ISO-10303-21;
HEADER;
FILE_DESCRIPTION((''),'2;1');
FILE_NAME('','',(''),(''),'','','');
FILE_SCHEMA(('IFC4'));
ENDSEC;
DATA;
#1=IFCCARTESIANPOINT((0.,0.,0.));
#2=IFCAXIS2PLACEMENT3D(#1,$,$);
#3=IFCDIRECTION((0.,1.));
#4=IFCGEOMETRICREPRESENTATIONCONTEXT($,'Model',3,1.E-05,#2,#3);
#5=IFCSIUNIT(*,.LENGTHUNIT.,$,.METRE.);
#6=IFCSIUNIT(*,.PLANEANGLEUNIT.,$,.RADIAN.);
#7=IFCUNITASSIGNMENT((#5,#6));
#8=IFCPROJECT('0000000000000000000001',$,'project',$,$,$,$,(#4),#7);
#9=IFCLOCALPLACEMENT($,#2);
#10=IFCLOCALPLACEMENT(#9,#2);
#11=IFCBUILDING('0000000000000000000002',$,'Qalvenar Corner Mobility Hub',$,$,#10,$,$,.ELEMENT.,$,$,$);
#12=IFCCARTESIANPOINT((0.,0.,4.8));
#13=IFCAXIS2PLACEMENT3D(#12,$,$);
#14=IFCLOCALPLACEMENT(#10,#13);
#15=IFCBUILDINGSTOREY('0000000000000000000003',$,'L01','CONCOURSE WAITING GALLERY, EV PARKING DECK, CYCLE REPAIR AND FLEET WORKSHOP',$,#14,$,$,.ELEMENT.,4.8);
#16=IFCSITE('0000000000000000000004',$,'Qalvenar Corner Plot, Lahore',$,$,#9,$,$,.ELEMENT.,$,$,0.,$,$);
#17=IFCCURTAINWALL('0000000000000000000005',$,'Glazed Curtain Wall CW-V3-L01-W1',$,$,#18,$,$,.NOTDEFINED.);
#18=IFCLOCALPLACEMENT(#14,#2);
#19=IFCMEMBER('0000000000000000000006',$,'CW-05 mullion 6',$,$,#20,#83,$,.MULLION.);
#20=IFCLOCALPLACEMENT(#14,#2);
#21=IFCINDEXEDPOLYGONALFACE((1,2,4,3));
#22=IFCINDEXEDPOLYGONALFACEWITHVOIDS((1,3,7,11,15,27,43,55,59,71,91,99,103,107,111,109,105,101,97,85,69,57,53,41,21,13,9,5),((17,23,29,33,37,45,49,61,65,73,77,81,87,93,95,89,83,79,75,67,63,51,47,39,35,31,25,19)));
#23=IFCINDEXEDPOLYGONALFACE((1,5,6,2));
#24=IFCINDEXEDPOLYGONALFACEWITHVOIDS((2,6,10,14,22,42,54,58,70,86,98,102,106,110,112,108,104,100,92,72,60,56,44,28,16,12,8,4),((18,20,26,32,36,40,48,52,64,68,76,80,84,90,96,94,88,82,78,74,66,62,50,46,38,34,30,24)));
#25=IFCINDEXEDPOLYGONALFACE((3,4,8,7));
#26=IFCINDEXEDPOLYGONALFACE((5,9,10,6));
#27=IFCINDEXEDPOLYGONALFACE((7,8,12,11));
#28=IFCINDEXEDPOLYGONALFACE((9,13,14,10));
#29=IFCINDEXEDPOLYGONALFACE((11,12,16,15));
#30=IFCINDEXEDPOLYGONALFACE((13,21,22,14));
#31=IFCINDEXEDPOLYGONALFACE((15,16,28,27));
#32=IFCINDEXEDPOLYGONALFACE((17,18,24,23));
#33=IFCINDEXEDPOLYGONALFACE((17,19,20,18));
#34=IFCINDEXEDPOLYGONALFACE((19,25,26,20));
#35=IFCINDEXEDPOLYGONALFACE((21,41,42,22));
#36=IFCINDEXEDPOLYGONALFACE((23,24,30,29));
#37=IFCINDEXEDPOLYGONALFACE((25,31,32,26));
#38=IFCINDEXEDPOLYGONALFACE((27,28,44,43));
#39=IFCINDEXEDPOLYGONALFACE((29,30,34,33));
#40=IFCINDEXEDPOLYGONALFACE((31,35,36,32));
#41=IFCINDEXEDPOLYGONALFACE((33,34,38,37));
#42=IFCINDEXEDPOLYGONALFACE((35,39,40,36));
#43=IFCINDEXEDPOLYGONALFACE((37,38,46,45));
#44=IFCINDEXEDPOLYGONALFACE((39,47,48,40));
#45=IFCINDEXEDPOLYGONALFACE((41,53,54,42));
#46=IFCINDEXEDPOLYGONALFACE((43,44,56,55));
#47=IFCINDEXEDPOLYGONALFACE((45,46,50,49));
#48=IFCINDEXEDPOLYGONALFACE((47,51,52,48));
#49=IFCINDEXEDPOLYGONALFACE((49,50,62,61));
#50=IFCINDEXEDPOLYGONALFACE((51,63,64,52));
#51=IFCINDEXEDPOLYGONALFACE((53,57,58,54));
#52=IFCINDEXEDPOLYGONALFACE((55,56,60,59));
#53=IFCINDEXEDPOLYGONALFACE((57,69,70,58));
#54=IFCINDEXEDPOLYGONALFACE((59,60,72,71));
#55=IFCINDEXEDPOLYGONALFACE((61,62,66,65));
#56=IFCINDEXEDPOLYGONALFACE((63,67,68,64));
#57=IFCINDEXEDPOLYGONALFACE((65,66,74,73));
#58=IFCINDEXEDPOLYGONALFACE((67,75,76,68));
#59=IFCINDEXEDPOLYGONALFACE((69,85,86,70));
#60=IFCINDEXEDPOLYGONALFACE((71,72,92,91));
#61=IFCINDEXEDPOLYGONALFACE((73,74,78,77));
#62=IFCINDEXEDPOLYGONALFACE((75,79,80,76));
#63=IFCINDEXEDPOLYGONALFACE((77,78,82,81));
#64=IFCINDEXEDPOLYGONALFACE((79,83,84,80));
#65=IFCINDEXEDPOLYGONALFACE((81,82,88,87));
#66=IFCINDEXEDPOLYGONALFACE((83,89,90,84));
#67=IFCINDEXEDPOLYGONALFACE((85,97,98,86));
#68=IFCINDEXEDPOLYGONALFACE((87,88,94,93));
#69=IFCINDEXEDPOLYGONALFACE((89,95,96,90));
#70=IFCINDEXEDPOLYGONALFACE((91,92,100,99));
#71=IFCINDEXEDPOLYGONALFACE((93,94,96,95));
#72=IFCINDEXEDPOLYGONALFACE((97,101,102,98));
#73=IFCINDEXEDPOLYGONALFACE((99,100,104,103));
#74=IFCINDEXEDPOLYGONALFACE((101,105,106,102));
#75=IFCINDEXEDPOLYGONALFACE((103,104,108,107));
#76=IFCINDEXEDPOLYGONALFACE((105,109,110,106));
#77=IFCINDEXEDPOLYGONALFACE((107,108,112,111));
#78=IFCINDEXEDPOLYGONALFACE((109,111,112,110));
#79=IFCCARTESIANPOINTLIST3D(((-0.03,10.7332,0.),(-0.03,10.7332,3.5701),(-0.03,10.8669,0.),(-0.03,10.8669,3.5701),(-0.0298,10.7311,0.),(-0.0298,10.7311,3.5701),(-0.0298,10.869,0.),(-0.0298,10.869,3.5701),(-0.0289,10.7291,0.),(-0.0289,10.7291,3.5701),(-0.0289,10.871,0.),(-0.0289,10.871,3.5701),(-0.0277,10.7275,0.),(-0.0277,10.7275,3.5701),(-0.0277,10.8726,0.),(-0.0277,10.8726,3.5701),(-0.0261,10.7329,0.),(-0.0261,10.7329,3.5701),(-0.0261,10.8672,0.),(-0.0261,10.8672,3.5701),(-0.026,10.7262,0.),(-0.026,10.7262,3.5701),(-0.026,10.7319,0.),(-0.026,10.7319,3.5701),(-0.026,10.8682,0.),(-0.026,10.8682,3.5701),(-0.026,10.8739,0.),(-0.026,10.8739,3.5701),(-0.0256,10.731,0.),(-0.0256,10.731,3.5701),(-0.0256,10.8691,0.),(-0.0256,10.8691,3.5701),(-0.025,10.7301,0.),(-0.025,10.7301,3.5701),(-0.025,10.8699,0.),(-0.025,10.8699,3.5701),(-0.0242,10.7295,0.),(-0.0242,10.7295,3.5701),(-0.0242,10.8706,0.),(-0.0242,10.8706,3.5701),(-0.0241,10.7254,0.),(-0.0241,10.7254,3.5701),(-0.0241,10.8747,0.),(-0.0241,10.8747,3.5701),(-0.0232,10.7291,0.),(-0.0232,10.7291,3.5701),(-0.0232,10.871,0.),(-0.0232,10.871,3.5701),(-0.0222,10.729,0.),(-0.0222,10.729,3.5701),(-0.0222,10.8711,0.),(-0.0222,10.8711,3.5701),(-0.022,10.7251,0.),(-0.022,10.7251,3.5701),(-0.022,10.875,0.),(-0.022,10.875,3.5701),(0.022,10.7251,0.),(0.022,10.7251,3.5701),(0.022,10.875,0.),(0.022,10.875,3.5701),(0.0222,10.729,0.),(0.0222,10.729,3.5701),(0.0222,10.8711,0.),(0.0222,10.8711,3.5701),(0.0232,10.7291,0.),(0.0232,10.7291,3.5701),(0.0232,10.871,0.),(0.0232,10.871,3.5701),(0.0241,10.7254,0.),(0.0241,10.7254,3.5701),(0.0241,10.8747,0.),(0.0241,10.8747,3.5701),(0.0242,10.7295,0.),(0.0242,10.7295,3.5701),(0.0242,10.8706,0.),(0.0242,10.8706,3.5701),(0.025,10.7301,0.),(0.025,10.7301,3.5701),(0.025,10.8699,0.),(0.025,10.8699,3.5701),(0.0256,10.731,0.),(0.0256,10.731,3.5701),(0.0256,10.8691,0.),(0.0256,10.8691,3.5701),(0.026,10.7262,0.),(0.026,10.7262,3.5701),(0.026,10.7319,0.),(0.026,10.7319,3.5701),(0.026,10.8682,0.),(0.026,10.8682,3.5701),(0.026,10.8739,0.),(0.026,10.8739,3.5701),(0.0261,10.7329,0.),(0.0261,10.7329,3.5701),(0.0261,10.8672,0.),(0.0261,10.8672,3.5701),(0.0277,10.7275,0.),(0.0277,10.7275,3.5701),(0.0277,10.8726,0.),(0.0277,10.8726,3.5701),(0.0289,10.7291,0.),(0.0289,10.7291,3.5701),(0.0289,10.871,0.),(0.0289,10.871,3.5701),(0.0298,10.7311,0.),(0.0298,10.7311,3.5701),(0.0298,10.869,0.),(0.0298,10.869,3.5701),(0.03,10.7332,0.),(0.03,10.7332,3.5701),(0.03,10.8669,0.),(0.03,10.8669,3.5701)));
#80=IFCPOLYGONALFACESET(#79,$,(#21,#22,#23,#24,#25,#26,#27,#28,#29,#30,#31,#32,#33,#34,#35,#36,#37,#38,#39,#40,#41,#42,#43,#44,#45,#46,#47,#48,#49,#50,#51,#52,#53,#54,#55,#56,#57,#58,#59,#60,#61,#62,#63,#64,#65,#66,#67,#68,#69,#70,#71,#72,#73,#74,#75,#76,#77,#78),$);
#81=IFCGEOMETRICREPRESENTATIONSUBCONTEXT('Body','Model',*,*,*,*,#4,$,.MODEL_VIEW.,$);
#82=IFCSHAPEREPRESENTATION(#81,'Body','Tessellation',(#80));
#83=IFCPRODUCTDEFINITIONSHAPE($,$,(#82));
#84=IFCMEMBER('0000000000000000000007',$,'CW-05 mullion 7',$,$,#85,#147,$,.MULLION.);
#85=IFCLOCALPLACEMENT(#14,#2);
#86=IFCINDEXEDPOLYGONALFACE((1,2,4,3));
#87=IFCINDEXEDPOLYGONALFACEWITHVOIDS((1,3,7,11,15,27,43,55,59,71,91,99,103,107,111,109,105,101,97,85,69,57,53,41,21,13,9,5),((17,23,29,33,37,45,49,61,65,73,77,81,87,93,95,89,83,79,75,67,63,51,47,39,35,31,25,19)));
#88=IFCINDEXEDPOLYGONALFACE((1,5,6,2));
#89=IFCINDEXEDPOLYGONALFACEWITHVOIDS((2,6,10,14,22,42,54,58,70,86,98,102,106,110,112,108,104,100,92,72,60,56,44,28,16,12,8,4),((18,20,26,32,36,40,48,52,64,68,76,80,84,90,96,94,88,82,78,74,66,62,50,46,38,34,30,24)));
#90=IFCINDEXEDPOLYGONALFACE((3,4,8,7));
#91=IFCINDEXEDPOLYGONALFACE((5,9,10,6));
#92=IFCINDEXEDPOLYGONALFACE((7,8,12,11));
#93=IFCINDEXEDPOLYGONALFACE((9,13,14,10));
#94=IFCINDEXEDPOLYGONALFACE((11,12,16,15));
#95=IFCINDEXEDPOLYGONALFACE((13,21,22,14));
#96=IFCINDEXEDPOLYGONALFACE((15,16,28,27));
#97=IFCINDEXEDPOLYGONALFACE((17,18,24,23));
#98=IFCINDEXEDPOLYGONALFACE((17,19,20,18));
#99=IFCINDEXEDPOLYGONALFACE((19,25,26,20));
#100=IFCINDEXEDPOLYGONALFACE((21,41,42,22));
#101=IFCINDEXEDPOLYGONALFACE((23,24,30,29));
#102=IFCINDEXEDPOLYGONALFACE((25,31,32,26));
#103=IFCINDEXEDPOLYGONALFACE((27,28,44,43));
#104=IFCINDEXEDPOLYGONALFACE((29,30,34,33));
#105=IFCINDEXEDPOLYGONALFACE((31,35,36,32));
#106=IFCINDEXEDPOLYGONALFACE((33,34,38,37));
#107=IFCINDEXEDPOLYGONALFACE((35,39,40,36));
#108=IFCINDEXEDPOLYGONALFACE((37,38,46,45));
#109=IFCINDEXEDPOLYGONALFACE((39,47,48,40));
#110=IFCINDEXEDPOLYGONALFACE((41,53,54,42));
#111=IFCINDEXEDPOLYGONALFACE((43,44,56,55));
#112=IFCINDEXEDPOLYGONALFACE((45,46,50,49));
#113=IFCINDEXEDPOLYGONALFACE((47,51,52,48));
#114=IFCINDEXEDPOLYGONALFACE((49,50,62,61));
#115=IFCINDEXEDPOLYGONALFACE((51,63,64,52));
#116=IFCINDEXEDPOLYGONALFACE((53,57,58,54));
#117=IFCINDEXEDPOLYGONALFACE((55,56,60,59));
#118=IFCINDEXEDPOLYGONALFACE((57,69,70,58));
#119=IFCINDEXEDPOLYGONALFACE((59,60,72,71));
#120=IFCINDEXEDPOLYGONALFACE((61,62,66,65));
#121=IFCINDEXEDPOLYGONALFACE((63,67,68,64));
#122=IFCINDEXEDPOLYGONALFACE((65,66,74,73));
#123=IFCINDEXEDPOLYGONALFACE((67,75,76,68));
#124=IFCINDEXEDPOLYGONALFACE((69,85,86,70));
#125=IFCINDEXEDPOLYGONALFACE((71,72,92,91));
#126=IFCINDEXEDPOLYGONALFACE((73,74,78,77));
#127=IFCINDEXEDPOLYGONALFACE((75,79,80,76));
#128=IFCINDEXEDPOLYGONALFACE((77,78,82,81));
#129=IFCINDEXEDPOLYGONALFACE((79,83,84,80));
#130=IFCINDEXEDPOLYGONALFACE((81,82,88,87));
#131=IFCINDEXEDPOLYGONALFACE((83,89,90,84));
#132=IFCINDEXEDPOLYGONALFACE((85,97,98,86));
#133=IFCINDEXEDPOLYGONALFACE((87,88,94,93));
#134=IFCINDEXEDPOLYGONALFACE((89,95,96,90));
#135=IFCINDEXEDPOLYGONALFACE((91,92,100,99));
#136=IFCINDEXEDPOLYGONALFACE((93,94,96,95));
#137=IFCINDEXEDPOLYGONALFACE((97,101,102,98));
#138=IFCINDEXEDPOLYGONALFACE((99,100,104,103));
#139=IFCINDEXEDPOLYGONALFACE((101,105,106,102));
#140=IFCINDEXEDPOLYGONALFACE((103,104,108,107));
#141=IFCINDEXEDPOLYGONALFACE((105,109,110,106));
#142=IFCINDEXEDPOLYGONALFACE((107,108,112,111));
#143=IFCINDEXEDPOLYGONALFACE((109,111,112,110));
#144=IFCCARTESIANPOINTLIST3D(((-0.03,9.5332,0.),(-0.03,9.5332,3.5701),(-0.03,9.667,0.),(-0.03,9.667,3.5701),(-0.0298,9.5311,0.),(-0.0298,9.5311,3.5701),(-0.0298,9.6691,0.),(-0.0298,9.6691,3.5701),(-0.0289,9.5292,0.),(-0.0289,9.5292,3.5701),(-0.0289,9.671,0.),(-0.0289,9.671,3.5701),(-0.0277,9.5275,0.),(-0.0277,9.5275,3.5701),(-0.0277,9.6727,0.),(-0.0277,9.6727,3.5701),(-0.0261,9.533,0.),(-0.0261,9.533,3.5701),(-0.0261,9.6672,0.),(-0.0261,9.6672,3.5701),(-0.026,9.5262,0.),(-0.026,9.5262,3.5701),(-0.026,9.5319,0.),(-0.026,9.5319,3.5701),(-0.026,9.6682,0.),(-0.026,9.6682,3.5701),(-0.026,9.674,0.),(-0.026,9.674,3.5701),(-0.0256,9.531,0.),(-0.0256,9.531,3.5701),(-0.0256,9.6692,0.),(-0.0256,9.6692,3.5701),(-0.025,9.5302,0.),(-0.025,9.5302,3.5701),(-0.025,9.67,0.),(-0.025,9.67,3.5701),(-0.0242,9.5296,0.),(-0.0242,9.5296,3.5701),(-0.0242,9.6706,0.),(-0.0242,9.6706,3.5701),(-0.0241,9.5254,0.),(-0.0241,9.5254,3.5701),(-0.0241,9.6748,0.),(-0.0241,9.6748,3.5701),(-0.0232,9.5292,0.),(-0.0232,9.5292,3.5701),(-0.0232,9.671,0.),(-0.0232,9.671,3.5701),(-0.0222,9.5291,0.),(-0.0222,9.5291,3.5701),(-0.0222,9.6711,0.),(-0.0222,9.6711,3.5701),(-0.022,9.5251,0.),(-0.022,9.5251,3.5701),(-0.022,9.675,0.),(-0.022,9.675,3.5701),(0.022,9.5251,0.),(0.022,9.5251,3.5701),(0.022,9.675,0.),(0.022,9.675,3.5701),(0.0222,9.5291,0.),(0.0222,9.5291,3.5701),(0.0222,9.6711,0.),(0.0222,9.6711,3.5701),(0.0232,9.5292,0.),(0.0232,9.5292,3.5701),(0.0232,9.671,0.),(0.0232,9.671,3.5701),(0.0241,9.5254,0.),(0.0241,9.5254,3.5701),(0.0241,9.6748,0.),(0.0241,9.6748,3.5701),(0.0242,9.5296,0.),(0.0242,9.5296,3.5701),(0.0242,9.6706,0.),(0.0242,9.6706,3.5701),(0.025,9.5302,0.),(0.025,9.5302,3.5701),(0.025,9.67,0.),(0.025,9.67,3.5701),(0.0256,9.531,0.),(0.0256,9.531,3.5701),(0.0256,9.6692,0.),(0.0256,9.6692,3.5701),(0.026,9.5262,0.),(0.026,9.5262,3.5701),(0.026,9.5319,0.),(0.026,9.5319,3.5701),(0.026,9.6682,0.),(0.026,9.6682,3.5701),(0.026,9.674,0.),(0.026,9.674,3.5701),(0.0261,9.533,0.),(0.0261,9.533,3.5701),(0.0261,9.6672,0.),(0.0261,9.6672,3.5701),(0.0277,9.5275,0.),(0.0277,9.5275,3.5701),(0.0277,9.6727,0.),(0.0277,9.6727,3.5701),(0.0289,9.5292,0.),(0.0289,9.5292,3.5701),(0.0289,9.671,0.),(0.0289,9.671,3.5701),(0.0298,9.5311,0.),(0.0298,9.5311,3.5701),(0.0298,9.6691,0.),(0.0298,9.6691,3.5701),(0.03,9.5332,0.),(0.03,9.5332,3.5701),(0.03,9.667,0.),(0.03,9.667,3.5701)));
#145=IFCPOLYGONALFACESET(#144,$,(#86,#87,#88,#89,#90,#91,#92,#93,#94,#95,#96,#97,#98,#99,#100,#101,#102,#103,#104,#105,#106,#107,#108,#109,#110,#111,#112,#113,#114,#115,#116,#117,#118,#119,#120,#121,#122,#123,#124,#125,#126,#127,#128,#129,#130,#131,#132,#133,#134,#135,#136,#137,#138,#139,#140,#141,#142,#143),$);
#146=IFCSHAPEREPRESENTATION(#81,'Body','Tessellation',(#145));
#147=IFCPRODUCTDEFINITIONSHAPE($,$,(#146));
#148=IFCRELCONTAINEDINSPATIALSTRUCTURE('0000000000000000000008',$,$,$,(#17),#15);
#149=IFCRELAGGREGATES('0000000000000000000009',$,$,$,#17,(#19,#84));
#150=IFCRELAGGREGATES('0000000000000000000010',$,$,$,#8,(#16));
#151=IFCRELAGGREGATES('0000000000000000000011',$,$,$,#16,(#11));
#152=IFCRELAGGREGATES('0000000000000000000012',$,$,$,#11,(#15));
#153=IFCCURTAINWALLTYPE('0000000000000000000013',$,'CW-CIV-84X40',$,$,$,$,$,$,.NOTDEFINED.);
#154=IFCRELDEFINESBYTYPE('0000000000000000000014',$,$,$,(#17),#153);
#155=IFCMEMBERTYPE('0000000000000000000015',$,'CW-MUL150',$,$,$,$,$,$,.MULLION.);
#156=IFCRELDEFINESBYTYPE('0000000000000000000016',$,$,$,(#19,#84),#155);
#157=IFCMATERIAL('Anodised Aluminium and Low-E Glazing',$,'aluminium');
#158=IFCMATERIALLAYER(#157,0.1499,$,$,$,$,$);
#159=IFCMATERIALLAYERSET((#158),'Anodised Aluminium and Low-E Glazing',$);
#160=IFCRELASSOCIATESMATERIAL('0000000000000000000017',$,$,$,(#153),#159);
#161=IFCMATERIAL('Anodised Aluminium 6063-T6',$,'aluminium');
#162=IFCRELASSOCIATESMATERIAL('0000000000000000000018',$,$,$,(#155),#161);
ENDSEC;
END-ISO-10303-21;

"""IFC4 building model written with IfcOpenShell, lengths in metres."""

from ifc_helpers import new_model, si_unit, direction, frame, origin, origin_2d, place, context, subcontext, project, spatial, hollow_rectangle, extrude, material, layer, layer_set, material_profile, profile_set, type_object, element, aggregate, save


model = new_model("IFC4")

# Units and contexts
model_context = context("Model", 3, precision=1e-05, world=origin(), true_north=direction((0.0, 1.0)))
body_context = subcontext(model_context, "Body", "Model", "MODEL_VIEW")
ifc_project = project(units=[si_unit("LENGTHUNIT", "METRE"), si_unit("PLANEANGLEUNIT", "RADIAN")], contexts=[model_context])

# Site, building, storey
site_placement = place(None, origin())
site = spatial("IfcSite", under=ifc_project, at=site_placement, Name="Qalvenar Corner Plot, Lahore", CompositionType="ELEMENT", RefElevation=0.0)
building_placement = place(site_placement, origin())
building = spatial("IfcBuilding", under=site, at=building_placement, Name="Qalvenar Corner Mobility Hub", CompositionType="ELEMENT")
storey_placement = place(building_placement, frame((0.0, 0.0, 4.8)))
storey = spatial("IfcBuildingStorey", under=building, at=storey_placement, Name="L01", Description="CONCOURSE WAITING GALLERY, EV PARKING DECK, CYCLE REPAIR AND FLEET WORKSHOP", CompositionType="ELEMENT", Elevation=4.8)

# Curtain wall, members
ifc_material_1 = material(Name="Anodised Aluminium and Low-E Glazing", Category="aluminium")
ifc_layer_1 = layer(ifc_material_1, 0.1499)
ifc_layer_set_1 = layer_set([ifc_layer_1], Name="Anodised Aluminium and Low-E Glazing")
curtain_wall_type = type_object("IfcCurtainWallType", Name="CW-CIV-84X40", PredefinedType="NOTDEFINED", material=ifc_layer_set_1)
curtain_wall_placement = place(storey_placement, origin())
curtain_wall = element("IfcCurtainWall", 1, at=curtain_wall_placement, inside=storey, type_object=curtain_wall_type, Name="Glazed Curtain Wall CW-V3-L01-W1", PredefinedType="NOTDEFINED")
ifc_material_2 = material(Name="Anodised Aluminium 6063-T6", Category="aluminium")
ifc_material_profile_1 = material_profile(ifc_material_2, hollow_rectangle(XDim=0.0601, YDim=0.1499, WallThickness=0.0039, InnerFilletRadius=0.0039, OuterFilletRadius=0.0081, at=origin_2d()), Name="RHS150x60x4")
ifc_profile_set_1 = profile_set([ifc_material_profile_1], Name="Anodised Aluminium 6063-T6")
member_type_1 = type_object("IfcMemberType", Name="CW-MUL150", PredefinedType="MULLION", material=ifc_profile_set_1)
member_1_placement = place(storey_placement, frame((0.0, 10.8, 0.0), z_axis=(0.0, 0.0, 1.0), x_axis=(1.0, 0.0, 0.0)))
member_1 = element("IfcMember", 2, at=member_1_placement, type_object=member_type_1, Name="CW-05 mullion 6", PredefinedType="MULLION", context=body_context, shape_type="SweptSolid", body=[
    extrude(hollow_rectangle(XDim=0.0601, YDim=0.1499, WallThickness=0.0039, InnerFilletRadius=0.0039, OuterFilletRadius=0.0081, at=origin_2d()), origin(), (0.0, 0.0, 1.0), 3.5701),
])
member_2_placement = place(storey_placement, frame((0.0, 9.6001, 0.0), z_axis=(0.0, 0.0, 1.0), x_axis=(1.0, 0.0, 0.0)))
member_2 = element("IfcMember", 3, at=member_2_placement, type_object=member_type_1, Name="CW-05 mullion 7", PredefinedType="MULLION", context=body_context, shape_type="SweptSolid", body=[
    extrude(hollow_rectangle(XDim=0.0601, YDim=0.1499, WallThickness=0.0039, InnerFilletRadius=0.0039, OuterFilletRadius=0.0081, at=origin_2d()), origin(), (0.0, 0.0, 1.0), 3.5701),
])
aggregate(curtain_wall, [member_1, member_2])

save(model, "model.ifc")
